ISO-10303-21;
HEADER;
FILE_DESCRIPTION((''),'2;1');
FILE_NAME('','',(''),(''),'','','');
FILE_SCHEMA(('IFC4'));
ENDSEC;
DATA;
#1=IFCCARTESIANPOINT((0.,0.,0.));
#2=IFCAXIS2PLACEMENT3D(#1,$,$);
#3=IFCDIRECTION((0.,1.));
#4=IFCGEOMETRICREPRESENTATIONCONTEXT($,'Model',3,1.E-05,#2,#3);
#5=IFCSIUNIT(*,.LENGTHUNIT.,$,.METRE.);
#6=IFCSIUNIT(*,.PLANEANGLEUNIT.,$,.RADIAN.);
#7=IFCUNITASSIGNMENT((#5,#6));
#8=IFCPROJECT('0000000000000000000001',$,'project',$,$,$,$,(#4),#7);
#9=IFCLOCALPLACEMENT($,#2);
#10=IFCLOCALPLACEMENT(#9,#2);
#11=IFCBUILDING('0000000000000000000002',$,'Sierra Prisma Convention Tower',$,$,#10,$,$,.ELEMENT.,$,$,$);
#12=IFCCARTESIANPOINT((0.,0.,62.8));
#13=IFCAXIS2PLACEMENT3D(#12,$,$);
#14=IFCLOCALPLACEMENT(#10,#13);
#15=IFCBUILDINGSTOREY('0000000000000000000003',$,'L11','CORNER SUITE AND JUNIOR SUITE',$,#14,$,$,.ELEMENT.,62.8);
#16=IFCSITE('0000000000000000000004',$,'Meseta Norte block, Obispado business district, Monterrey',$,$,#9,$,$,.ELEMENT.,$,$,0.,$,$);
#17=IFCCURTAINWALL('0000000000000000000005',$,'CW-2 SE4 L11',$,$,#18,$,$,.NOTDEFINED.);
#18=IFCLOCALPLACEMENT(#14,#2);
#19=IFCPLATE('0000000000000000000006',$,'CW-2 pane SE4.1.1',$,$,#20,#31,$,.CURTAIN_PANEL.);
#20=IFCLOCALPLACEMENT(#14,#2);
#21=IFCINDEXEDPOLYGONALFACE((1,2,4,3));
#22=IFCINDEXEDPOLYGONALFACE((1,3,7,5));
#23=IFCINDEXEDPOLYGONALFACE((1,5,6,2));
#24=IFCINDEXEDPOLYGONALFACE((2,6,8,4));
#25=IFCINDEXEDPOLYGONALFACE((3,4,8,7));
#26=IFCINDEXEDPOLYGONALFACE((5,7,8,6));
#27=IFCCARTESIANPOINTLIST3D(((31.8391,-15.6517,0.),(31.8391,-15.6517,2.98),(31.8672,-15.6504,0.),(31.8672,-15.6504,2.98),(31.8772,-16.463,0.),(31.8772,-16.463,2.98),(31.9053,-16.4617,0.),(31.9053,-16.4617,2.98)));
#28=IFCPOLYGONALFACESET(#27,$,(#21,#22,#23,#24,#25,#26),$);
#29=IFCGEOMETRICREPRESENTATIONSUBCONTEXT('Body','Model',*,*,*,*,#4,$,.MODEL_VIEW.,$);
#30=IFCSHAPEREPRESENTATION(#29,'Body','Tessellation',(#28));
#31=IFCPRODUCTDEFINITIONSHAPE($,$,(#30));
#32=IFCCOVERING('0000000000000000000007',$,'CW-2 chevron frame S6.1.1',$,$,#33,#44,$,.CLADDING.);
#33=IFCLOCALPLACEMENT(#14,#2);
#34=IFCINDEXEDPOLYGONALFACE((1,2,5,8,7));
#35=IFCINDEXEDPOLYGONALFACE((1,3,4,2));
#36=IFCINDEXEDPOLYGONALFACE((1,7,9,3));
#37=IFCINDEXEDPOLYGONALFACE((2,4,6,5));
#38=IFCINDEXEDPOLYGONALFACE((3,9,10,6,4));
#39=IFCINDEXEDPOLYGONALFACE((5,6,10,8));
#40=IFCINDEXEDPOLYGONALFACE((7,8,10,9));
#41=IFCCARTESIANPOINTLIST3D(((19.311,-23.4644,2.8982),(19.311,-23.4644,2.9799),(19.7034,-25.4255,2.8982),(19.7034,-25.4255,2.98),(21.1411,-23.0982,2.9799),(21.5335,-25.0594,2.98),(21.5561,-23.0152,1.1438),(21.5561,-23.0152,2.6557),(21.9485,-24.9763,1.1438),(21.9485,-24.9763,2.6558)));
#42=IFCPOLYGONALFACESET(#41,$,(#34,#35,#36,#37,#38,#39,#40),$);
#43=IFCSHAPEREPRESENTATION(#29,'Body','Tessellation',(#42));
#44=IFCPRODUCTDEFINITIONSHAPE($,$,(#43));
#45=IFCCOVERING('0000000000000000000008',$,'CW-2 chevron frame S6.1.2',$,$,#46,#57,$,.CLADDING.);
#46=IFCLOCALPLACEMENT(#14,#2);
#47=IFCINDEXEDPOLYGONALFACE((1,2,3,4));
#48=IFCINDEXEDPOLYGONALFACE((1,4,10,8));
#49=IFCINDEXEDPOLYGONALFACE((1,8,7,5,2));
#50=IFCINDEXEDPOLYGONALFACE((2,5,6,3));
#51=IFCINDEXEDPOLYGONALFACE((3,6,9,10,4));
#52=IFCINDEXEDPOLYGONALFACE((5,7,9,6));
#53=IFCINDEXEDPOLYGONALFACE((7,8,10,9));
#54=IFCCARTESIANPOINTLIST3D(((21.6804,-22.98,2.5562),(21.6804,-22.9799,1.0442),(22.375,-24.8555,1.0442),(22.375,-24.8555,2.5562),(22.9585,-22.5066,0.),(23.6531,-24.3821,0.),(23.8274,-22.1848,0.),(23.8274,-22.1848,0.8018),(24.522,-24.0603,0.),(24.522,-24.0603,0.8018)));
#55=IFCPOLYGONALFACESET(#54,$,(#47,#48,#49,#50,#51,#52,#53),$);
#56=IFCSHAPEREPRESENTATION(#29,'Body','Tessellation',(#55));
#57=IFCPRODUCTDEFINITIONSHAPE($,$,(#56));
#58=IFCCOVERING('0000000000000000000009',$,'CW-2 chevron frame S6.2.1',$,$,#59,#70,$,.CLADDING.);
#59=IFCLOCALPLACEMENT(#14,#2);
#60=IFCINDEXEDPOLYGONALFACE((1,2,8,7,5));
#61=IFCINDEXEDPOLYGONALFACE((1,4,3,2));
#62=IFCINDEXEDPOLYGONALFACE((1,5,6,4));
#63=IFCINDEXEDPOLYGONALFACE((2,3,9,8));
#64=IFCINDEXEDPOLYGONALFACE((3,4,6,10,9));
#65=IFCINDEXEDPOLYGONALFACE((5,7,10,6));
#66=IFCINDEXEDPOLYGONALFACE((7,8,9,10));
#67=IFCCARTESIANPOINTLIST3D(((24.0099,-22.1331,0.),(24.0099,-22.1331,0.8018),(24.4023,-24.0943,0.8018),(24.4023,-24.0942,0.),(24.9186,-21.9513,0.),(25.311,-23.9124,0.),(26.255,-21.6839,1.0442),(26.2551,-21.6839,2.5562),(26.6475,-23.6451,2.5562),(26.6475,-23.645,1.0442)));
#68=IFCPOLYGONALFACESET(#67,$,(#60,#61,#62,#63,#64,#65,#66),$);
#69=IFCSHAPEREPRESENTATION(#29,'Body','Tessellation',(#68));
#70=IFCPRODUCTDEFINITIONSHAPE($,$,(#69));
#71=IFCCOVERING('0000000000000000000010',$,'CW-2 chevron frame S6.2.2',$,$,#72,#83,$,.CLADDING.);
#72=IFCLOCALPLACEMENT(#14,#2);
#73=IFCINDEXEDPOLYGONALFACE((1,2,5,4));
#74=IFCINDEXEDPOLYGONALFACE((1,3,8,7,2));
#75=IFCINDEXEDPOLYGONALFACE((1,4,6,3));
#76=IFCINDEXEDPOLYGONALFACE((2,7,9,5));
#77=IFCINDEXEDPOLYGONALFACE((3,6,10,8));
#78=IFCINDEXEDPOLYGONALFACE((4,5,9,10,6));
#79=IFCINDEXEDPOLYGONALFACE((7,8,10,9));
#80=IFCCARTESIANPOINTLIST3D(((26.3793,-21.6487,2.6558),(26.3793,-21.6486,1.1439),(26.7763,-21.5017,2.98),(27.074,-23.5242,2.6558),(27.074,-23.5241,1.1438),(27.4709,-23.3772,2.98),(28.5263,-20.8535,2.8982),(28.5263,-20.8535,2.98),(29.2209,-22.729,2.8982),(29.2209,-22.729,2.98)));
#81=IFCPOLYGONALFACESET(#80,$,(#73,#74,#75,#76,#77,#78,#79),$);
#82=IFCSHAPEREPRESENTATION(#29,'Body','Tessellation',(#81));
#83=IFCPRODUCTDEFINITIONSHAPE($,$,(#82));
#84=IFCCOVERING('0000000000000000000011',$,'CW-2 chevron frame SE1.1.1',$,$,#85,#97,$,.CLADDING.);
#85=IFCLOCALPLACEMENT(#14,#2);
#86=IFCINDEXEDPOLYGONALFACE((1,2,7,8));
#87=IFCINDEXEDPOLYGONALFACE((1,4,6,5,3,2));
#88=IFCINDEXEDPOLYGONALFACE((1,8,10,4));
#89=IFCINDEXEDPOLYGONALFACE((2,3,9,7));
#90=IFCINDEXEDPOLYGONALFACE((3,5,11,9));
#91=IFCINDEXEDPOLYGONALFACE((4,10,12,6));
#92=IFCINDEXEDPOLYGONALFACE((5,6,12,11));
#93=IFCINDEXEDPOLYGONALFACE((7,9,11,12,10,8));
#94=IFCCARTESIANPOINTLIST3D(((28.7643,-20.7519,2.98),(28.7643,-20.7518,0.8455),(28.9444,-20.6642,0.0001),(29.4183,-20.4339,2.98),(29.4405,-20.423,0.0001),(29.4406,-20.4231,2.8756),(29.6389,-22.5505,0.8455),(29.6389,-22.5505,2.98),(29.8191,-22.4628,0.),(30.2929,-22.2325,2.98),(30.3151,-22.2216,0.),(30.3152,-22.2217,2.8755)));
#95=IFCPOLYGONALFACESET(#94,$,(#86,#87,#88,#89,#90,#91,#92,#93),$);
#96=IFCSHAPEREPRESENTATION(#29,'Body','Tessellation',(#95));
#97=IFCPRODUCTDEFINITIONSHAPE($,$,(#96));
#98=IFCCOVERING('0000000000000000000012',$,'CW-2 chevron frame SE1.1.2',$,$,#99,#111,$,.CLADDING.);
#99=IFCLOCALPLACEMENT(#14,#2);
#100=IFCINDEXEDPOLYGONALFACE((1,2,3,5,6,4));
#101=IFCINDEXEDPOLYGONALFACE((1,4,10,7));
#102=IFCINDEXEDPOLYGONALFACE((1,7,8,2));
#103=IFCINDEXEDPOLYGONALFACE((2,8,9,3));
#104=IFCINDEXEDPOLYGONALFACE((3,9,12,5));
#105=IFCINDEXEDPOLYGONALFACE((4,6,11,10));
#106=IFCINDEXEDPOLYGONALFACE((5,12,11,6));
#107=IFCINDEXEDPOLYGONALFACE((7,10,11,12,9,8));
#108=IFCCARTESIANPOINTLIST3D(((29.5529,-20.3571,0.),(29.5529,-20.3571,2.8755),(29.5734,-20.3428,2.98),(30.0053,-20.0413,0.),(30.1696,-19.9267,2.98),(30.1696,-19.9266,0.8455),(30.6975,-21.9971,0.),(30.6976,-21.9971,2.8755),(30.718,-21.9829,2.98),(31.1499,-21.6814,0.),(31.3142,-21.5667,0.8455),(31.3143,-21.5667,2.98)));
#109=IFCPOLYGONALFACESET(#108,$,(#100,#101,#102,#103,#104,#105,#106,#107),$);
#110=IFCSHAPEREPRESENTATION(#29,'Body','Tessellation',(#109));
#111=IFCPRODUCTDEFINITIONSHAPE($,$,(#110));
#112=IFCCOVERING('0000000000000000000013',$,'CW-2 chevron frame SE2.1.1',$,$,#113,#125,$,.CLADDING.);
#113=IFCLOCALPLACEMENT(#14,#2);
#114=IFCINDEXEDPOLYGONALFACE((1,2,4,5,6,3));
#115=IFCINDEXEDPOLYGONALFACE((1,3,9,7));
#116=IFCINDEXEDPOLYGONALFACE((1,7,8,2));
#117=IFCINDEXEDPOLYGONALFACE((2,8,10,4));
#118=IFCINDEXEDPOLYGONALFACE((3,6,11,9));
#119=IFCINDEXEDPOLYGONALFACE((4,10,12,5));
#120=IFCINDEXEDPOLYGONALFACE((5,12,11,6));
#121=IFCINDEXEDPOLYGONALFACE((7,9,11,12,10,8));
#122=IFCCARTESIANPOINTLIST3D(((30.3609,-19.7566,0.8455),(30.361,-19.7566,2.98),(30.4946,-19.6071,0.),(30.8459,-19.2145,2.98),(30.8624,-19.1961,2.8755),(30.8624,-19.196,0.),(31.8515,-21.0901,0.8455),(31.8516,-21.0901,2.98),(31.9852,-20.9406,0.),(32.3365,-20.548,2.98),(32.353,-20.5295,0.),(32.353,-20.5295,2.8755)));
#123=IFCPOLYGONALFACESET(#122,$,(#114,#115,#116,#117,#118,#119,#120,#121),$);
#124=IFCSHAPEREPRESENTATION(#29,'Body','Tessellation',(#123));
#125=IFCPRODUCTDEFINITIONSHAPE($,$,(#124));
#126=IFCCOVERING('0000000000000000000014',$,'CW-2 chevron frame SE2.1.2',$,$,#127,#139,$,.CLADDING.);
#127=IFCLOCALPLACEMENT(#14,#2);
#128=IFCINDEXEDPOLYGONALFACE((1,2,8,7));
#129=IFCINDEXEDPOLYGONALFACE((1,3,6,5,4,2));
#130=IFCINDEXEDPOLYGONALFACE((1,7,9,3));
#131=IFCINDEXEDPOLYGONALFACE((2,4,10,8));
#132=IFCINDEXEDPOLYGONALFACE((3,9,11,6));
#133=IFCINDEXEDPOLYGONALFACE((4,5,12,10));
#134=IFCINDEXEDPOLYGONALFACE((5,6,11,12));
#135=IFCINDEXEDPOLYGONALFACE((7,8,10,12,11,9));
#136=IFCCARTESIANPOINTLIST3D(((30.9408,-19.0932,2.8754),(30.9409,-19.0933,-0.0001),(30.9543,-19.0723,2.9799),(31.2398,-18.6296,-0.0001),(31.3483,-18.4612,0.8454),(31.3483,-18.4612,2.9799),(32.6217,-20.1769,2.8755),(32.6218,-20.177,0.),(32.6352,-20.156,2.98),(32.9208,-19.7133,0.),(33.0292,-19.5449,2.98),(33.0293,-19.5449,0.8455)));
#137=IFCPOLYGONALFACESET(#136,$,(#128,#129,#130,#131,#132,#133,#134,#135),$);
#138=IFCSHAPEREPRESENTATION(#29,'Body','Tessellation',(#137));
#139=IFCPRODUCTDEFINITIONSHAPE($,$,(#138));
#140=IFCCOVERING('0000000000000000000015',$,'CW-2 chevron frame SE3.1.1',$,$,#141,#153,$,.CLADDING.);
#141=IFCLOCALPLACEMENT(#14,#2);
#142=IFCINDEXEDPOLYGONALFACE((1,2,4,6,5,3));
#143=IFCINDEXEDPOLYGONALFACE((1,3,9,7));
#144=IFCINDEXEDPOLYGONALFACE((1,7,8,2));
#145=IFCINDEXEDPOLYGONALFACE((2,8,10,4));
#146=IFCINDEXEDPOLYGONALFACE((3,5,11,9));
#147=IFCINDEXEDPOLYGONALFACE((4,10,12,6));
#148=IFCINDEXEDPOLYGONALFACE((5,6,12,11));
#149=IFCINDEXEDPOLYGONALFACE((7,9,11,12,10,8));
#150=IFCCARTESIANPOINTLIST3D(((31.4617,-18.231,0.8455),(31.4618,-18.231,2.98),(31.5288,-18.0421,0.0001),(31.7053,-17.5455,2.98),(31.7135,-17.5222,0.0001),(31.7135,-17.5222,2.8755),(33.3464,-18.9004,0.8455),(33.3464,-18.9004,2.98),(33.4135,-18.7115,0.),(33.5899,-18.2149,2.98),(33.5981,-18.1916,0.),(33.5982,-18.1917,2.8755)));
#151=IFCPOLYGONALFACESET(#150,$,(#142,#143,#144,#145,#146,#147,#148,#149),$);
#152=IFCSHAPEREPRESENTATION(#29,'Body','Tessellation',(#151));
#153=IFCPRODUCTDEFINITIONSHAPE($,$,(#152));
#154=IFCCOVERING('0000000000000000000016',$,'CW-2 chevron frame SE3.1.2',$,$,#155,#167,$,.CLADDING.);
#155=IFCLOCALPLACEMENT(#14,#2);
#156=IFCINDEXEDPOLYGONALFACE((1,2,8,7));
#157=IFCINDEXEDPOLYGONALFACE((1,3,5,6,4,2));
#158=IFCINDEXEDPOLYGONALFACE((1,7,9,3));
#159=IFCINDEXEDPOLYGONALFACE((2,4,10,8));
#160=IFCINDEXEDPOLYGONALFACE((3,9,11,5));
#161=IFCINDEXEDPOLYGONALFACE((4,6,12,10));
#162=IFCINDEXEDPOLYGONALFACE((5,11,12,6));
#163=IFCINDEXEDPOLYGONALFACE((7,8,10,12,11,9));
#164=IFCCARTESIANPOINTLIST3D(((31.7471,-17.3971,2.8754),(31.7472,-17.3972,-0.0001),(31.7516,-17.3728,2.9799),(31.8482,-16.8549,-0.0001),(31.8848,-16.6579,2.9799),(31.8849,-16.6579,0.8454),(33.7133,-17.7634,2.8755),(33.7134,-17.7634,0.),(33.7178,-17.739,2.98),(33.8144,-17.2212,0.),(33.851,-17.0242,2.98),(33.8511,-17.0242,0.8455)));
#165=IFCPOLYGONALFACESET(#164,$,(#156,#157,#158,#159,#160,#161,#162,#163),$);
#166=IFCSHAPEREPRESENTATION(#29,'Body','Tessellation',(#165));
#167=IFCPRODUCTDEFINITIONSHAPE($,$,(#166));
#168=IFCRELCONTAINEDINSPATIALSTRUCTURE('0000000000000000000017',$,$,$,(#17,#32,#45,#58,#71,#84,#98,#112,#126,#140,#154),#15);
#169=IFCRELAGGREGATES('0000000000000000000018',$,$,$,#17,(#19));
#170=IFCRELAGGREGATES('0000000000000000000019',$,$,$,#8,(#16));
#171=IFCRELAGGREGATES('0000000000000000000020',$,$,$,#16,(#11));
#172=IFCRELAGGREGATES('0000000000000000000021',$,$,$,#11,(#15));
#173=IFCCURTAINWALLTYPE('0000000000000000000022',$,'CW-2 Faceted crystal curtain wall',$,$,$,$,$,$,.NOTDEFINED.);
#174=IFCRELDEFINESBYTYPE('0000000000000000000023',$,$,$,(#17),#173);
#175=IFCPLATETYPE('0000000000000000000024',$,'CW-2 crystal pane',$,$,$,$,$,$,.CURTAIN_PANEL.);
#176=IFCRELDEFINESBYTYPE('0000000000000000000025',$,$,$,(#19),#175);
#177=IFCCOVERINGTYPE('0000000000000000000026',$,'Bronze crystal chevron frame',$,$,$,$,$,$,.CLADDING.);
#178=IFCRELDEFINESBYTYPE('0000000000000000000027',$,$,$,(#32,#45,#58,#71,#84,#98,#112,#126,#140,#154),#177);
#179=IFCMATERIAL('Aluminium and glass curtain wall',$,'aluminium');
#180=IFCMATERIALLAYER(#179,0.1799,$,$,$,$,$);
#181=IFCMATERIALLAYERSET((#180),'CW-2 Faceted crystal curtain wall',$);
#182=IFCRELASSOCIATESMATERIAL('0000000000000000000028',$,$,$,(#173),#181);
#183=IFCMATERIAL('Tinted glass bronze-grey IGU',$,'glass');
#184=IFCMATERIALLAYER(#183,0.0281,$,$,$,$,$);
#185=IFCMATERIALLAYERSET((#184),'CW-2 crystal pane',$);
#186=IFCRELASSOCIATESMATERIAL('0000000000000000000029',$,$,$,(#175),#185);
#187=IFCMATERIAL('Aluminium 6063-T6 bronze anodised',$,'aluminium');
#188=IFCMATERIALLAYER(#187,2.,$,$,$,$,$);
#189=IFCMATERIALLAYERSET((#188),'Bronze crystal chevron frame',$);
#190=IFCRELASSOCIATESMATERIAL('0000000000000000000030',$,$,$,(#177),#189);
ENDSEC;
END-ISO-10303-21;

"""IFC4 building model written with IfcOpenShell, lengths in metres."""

from ifc_helpers import new_model, si_unit, direction, frame, origin, place, context, subcontext, project, spatial, polyline, outline, extrude, material, layer, layer_set, type_object, element, aggregate, save


model = new_model("IFC4")

# Units and contexts
model_context = context("Model", 3, precision=1e-05, world=origin(), true_north=direction((0.0, 1.0)))
body_context = subcontext(model_context, "Body", "Model", "MODEL_VIEW")
ifc_project = project(units=[si_unit("LENGTHUNIT", "METRE"), si_unit("PLANEANGLEUNIT", "RADIAN")], contexts=[model_context])

# Site, building, storey
site_placement = place(None, origin())
site = spatial("IfcSite", under=ifc_project, at=site_placement, Name="Meseta Norte block, Obispado business district, Monterrey", CompositionType="ELEMENT", RefElevation=0.0)
building_placement = place(site_placement, origin())
building = spatial("IfcBuilding", under=site, at=building_placement, Name="Sierra Prisma Convention Tower", CompositionType="ELEMENT")
storey_placement = place(building_placement, frame((0.0, 0.0, 62.8)))
storey = spatial("IfcBuildingStorey", under=building, at=storey_placement, Name="L11", Description="CORNER SUITE AND JUNIOR SUITE", CompositionType="ELEMENT", Elevation=62.8)

# Shared definitions
ifc_material_1 = material(Name="Aluminium and glass curtain wall", Category="aluminium")
ifc_layer_1 = layer(ifc_material_1, 0.1799)
ifc_layer_set_1 = layer_set([ifc_layer_1], Name="CW-2 Faceted crystal curtain wall")
curtain_wall_type = type_object("IfcCurtainWallType", Name="CW-2 Faceted crystal curtain wall", PredefinedType="NOTDEFINED", material=ifc_layer_set_1)

# Curtain wall
curtain_wall_1_placement = place(storey_placement, origin())
curtain_wall_1 = element("IfcCurtainWall", 1, at=curtain_wall_1_placement, inside=storey, type_object=curtain_wall_type, Name="CW-2 SE4 L11", PredefinedType="NOTDEFINED")

# Plate
ifc_material_2 = material(Name="Tinted glass bronze-grey IGU", Category="glass")
ifc_layer_2 = layer(ifc_material_2, 0.0281)
ifc_layer_set_2 = layer_set([ifc_layer_2], Name="CW-2 crystal pane")
plate_type = type_object("IfcPlateType", Name="CW-2 crystal pane", PredefinedType="CURTAIN_PANEL", material=ifc_layer_set_2)
plate_1_placement = place(storey_placement, frame((31.9053, -16.4617, 0.0), z_axis=(0.9989, 0.046894, 0.0), x_axis=(-0.046894, 0.9989, 0.0)))
plate_1 = element("IfcPlate", 2, at=plate_1_placement, type_object=plate_type, Name="CW-2 pane SE4.1.1", PredefinedType="CURTAIN_PANEL", context=body_context, shape_type="SweptSolid", body=[
    extrude(outline(polyline([(0.0, 0.0), (0.8122, 0.0), (0.8122, 2.98), (0.0, 2.98), (0.0, 0.0)])), origin(), (0.0, 0.0, -1.0), 0.0281),
])
aggregate(curtain_wall_1, [plate_1])

# Coverings
ifc_material_3 = material(Name="Aluminium 6063-T6 bronze anodised", Category="aluminium")
ifc_layer_3 = layer(ifc_material_3, 2.0)
ifc_layer_set_3 = layer_set([ifc_layer_3], Name="Bronze crystal chevron frame")
covering_type = type_object("IfcCoveringType", Name="Bronze crystal chevron frame", PredefinedType="CLADDING", material=ifc_layer_set_3)
covering_1_placement = place(storey_placement, frame((19.7034, -25.4255, 2.98), z_axis=(0.196201, -0.980564, 0.000019), x_axis=(0.000004, -0.000019, -1.0)))
element("IfcCovering", 3, at=covering_1_placement, inside=storey, type_object=covering_type, Name="CW-2 chevron frame S6.1.1", PredefinedType="CLADDING", context=body_context, shape_type="SweptSolid", body=[
    extrude(outline(polyline([(0.0, 0.0), (0.0818, 0.0), (1.8362, 2.2896), (0.3242, 2.2896), (0.0, 1.8664), (0.0, 0.0)])), origin(), (0.0, 0.0, -1.0), 2.0),
])
covering_2_placement = place(storey_placement, frame((22.375, -24.8555, 2.5562), z_axis=(0.347306, -0.937752, -0.000011), x_axis=(-0.000004, 0.00001, -1.0)))
element("IfcCovering", 4, at=covering_2_placement, inside=storey, type_object=covering_type, Name="CW-2 chevron frame S6.1.2", PredefinedType="CLADDING", context=body_context, shape_type="SweptSolid", body=[
    extrude(outline(polyline([(0.0, 0.0), (1.512, 0.0), (2.5562, 1.3629), (2.5562, 2.2895), (1.7544, 2.2895), (0.0, 0.0)])), origin(), (0.0, 0.0, -1.0), 2.0),
])
covering_3_placement = place(storey_placement, frame((24.4023, -24.0942, 0.0), z_axis=(0.196209, -0.980562, -0.000024), x_axis=(0.980562, 0.196209, 0.0)))
element("IfcCovering", 5, at=covering_3_placement, inside=storey, type_object=covering_type, Name="CW-2 chevron frame S6.2.1", PredefinedType="CLADDING", context=body_context, shape_type="SweptSolid", body=[
    extrude(outline(polyline([(0.0, 0.0), (0.9267, 0.0), (2.2896, 1.0442), (2.2896, 2.5562), (0.0, 0.8018), (0.0, 0.0)])), origin(), (0.0, 0.0, -1.0), 2.0),
])
covering_4_placement = place(storey_placement, frame((29.2209, -22.729, 2.98), z_axis=(0.347314, -0.937749, -0.000027), x_axis=(-0.937749, -0.347314, 0.0)))
element("IfcCovering", 6, at=covering_4_placement, inside=storey, type_object=covering_type, Name="CW-2 chevron frame S6.2.2", PredefinedType="CLADDING", context=body_context, shape_type="SweptSolid", body=[
    extrude(outline(polyline([(0.0, 0.0), (1.8662, 0.0), (2.2895, 0.3242), (2.2895, 1.8362), (0.0, 0.0818), (0.0, 0.0)])), origin(), (0.0, 0.0, -1.0), 2.0),
])
covering_5_placement = place(storey_placement, frame((29.6389, -22.5505, 2.98), z_axis=(0.437308, -0.899312, -0.000033), x_axis=(-0.000015, 0.00003, -1.0)))
element("IfcCovering", 7, at=covering_5_placement, inside=storey, type_object=covering_type, Name="CW-2 chevron frame SE1.1.1", PredefinedType="CLADDING", context=body_context, shape_type="SweptSolid", body=[
    extrude(outline(polyline([(0.0, 0.0), (2.1345, 0.0), (2.98, 0.2004), (2.98, 0.752), (0.1045, 0.752), (0.0, 0.7272), (0.0, 0.0)])), origin(), (0.0, 0.0, -1.0), 2.0),
])
covering_6_placement = place(storey_placement, frame((31.1499, -21.6814, 0.0), z_axis=(0.572322, -0.820029, -0.000012), x_axis=(0.189146, 0.131996, 0.973037)))
element("IfcCovering", 8, at=covering_6_placement, inside=storey, type_object=covering_type, Name="CW-2 chevron frame SE1.1.2", PredefinedType="CLADDING", context=body_context, shape_type="SweptSolid", body=[
    extrude(outline(polyline([(0.0, 0.0), (0.8689, 0.0), (2.9459, 0.4923), (2.7781, 1.1998), (2.6707, 1.2), (-0.1272, 0.5368), (0.0, 0.0)])), origin(), (0.0, 0.0, -1.0), 2.0),
])
covering_7_placement = place(storey_placement, frame((31.8516, -21.0901, 2.98), z_axis=(0.745301, -0.666728, -0.000015), x_axis=(-0.000011, 0.00001, -1.0)))
element("IfcCovering", 9, at=covering_7_placement, inside=storey, type_object=covering_type, Name="CW-2 chevron frame SE2.1.1", PredefinedType="CLADDING", context=body_context, shape_type="SweptSolid", body=[
    extrude(outline(polyline([(0.0, 0.0), (2.1345, 0.0), (2.98, 0.2006), (2.98, 0.7521), (0.1045, 0.7521), (0.0, 0.7274), (0.0, 0.0)])), origin(), (0.0, 0.0, -1.0), 2.0),
])
covering_8_placement = place(storey_placement, frame((32.6218, -20.177, 0.0), z_axis=(0.840473, -0.541853, 0.000045), x_axis=(0.541853, 0.840473, 0.0)))
element("IfcCovering", 10, at=covering_8_placement, inside=storey, type_object=covering_type, Name="CW-2 chevron frame SE2.1.2", PredefinedType="CLADDING", context=body_context, shape_type="SweptSolid", body=[
    extrude(outline(polyline([(0.0, 0.0), (0.5517, 0.0), (0.752, 0.8455), (0.752, 2.98), (0.0249, 2.98), (0.0, 2.8755), (0.0, 0.0)])), origin(), (0.0, 0.0, -1.0), 2.0),
])
covering_9_placement = place(storey_placement, frame((33.3464, -18.9004, 2.98), z_axis=(0.942322, -0.334707, -0.000025), x_axis=(-0.000024, 0.000008, -1.0)))
element("IfcCovering", 11, at=covering_9_placement, inside=storey, type_object=covering_type, Name="CW-2 chevron frame SE3.1.1", PredefinedType="CLADDING", context=body_context, shape_type="SweptSolid", body=[
    extrude(outline(polyline([(0.0, 0.0), (2.1345, 0.0), (2.98, 0.2005), (2.98, 0.7521), (0.1045, 0.7521), (0.0, 0.7275), (0.0, 0.0)])), origin(), (0.0, 0.0, -1.0), 2.0),
])
covering_10_placement = place(storey_placement, frame((33.7134, -17.7634, 0.0), z_axis=(0.983089, -0.18313, 0.000039), x_axis=(0.18313, 0.983089, 0.0)))
element("IfcCovering", 12, at=covering_10_placement, inside=storey, type_object=covering_type, Name="CW-2 chevron frame SE3.1.2", PredefinedType="CLADDING", context=body_context, shape_type="SweptSolid", body=[
    extrude(outline(polyline([(0.0, 0.0), (0.5516, 0.0), (0.752, 0.8455), (0.752, 2.98), (0.0248, 2.98), (0.0, 2.8755), (0.0, 0.0)])), origin(), (0.0, 0.0, -1.0), 2.0),
])

save(model, "model.ifc")
